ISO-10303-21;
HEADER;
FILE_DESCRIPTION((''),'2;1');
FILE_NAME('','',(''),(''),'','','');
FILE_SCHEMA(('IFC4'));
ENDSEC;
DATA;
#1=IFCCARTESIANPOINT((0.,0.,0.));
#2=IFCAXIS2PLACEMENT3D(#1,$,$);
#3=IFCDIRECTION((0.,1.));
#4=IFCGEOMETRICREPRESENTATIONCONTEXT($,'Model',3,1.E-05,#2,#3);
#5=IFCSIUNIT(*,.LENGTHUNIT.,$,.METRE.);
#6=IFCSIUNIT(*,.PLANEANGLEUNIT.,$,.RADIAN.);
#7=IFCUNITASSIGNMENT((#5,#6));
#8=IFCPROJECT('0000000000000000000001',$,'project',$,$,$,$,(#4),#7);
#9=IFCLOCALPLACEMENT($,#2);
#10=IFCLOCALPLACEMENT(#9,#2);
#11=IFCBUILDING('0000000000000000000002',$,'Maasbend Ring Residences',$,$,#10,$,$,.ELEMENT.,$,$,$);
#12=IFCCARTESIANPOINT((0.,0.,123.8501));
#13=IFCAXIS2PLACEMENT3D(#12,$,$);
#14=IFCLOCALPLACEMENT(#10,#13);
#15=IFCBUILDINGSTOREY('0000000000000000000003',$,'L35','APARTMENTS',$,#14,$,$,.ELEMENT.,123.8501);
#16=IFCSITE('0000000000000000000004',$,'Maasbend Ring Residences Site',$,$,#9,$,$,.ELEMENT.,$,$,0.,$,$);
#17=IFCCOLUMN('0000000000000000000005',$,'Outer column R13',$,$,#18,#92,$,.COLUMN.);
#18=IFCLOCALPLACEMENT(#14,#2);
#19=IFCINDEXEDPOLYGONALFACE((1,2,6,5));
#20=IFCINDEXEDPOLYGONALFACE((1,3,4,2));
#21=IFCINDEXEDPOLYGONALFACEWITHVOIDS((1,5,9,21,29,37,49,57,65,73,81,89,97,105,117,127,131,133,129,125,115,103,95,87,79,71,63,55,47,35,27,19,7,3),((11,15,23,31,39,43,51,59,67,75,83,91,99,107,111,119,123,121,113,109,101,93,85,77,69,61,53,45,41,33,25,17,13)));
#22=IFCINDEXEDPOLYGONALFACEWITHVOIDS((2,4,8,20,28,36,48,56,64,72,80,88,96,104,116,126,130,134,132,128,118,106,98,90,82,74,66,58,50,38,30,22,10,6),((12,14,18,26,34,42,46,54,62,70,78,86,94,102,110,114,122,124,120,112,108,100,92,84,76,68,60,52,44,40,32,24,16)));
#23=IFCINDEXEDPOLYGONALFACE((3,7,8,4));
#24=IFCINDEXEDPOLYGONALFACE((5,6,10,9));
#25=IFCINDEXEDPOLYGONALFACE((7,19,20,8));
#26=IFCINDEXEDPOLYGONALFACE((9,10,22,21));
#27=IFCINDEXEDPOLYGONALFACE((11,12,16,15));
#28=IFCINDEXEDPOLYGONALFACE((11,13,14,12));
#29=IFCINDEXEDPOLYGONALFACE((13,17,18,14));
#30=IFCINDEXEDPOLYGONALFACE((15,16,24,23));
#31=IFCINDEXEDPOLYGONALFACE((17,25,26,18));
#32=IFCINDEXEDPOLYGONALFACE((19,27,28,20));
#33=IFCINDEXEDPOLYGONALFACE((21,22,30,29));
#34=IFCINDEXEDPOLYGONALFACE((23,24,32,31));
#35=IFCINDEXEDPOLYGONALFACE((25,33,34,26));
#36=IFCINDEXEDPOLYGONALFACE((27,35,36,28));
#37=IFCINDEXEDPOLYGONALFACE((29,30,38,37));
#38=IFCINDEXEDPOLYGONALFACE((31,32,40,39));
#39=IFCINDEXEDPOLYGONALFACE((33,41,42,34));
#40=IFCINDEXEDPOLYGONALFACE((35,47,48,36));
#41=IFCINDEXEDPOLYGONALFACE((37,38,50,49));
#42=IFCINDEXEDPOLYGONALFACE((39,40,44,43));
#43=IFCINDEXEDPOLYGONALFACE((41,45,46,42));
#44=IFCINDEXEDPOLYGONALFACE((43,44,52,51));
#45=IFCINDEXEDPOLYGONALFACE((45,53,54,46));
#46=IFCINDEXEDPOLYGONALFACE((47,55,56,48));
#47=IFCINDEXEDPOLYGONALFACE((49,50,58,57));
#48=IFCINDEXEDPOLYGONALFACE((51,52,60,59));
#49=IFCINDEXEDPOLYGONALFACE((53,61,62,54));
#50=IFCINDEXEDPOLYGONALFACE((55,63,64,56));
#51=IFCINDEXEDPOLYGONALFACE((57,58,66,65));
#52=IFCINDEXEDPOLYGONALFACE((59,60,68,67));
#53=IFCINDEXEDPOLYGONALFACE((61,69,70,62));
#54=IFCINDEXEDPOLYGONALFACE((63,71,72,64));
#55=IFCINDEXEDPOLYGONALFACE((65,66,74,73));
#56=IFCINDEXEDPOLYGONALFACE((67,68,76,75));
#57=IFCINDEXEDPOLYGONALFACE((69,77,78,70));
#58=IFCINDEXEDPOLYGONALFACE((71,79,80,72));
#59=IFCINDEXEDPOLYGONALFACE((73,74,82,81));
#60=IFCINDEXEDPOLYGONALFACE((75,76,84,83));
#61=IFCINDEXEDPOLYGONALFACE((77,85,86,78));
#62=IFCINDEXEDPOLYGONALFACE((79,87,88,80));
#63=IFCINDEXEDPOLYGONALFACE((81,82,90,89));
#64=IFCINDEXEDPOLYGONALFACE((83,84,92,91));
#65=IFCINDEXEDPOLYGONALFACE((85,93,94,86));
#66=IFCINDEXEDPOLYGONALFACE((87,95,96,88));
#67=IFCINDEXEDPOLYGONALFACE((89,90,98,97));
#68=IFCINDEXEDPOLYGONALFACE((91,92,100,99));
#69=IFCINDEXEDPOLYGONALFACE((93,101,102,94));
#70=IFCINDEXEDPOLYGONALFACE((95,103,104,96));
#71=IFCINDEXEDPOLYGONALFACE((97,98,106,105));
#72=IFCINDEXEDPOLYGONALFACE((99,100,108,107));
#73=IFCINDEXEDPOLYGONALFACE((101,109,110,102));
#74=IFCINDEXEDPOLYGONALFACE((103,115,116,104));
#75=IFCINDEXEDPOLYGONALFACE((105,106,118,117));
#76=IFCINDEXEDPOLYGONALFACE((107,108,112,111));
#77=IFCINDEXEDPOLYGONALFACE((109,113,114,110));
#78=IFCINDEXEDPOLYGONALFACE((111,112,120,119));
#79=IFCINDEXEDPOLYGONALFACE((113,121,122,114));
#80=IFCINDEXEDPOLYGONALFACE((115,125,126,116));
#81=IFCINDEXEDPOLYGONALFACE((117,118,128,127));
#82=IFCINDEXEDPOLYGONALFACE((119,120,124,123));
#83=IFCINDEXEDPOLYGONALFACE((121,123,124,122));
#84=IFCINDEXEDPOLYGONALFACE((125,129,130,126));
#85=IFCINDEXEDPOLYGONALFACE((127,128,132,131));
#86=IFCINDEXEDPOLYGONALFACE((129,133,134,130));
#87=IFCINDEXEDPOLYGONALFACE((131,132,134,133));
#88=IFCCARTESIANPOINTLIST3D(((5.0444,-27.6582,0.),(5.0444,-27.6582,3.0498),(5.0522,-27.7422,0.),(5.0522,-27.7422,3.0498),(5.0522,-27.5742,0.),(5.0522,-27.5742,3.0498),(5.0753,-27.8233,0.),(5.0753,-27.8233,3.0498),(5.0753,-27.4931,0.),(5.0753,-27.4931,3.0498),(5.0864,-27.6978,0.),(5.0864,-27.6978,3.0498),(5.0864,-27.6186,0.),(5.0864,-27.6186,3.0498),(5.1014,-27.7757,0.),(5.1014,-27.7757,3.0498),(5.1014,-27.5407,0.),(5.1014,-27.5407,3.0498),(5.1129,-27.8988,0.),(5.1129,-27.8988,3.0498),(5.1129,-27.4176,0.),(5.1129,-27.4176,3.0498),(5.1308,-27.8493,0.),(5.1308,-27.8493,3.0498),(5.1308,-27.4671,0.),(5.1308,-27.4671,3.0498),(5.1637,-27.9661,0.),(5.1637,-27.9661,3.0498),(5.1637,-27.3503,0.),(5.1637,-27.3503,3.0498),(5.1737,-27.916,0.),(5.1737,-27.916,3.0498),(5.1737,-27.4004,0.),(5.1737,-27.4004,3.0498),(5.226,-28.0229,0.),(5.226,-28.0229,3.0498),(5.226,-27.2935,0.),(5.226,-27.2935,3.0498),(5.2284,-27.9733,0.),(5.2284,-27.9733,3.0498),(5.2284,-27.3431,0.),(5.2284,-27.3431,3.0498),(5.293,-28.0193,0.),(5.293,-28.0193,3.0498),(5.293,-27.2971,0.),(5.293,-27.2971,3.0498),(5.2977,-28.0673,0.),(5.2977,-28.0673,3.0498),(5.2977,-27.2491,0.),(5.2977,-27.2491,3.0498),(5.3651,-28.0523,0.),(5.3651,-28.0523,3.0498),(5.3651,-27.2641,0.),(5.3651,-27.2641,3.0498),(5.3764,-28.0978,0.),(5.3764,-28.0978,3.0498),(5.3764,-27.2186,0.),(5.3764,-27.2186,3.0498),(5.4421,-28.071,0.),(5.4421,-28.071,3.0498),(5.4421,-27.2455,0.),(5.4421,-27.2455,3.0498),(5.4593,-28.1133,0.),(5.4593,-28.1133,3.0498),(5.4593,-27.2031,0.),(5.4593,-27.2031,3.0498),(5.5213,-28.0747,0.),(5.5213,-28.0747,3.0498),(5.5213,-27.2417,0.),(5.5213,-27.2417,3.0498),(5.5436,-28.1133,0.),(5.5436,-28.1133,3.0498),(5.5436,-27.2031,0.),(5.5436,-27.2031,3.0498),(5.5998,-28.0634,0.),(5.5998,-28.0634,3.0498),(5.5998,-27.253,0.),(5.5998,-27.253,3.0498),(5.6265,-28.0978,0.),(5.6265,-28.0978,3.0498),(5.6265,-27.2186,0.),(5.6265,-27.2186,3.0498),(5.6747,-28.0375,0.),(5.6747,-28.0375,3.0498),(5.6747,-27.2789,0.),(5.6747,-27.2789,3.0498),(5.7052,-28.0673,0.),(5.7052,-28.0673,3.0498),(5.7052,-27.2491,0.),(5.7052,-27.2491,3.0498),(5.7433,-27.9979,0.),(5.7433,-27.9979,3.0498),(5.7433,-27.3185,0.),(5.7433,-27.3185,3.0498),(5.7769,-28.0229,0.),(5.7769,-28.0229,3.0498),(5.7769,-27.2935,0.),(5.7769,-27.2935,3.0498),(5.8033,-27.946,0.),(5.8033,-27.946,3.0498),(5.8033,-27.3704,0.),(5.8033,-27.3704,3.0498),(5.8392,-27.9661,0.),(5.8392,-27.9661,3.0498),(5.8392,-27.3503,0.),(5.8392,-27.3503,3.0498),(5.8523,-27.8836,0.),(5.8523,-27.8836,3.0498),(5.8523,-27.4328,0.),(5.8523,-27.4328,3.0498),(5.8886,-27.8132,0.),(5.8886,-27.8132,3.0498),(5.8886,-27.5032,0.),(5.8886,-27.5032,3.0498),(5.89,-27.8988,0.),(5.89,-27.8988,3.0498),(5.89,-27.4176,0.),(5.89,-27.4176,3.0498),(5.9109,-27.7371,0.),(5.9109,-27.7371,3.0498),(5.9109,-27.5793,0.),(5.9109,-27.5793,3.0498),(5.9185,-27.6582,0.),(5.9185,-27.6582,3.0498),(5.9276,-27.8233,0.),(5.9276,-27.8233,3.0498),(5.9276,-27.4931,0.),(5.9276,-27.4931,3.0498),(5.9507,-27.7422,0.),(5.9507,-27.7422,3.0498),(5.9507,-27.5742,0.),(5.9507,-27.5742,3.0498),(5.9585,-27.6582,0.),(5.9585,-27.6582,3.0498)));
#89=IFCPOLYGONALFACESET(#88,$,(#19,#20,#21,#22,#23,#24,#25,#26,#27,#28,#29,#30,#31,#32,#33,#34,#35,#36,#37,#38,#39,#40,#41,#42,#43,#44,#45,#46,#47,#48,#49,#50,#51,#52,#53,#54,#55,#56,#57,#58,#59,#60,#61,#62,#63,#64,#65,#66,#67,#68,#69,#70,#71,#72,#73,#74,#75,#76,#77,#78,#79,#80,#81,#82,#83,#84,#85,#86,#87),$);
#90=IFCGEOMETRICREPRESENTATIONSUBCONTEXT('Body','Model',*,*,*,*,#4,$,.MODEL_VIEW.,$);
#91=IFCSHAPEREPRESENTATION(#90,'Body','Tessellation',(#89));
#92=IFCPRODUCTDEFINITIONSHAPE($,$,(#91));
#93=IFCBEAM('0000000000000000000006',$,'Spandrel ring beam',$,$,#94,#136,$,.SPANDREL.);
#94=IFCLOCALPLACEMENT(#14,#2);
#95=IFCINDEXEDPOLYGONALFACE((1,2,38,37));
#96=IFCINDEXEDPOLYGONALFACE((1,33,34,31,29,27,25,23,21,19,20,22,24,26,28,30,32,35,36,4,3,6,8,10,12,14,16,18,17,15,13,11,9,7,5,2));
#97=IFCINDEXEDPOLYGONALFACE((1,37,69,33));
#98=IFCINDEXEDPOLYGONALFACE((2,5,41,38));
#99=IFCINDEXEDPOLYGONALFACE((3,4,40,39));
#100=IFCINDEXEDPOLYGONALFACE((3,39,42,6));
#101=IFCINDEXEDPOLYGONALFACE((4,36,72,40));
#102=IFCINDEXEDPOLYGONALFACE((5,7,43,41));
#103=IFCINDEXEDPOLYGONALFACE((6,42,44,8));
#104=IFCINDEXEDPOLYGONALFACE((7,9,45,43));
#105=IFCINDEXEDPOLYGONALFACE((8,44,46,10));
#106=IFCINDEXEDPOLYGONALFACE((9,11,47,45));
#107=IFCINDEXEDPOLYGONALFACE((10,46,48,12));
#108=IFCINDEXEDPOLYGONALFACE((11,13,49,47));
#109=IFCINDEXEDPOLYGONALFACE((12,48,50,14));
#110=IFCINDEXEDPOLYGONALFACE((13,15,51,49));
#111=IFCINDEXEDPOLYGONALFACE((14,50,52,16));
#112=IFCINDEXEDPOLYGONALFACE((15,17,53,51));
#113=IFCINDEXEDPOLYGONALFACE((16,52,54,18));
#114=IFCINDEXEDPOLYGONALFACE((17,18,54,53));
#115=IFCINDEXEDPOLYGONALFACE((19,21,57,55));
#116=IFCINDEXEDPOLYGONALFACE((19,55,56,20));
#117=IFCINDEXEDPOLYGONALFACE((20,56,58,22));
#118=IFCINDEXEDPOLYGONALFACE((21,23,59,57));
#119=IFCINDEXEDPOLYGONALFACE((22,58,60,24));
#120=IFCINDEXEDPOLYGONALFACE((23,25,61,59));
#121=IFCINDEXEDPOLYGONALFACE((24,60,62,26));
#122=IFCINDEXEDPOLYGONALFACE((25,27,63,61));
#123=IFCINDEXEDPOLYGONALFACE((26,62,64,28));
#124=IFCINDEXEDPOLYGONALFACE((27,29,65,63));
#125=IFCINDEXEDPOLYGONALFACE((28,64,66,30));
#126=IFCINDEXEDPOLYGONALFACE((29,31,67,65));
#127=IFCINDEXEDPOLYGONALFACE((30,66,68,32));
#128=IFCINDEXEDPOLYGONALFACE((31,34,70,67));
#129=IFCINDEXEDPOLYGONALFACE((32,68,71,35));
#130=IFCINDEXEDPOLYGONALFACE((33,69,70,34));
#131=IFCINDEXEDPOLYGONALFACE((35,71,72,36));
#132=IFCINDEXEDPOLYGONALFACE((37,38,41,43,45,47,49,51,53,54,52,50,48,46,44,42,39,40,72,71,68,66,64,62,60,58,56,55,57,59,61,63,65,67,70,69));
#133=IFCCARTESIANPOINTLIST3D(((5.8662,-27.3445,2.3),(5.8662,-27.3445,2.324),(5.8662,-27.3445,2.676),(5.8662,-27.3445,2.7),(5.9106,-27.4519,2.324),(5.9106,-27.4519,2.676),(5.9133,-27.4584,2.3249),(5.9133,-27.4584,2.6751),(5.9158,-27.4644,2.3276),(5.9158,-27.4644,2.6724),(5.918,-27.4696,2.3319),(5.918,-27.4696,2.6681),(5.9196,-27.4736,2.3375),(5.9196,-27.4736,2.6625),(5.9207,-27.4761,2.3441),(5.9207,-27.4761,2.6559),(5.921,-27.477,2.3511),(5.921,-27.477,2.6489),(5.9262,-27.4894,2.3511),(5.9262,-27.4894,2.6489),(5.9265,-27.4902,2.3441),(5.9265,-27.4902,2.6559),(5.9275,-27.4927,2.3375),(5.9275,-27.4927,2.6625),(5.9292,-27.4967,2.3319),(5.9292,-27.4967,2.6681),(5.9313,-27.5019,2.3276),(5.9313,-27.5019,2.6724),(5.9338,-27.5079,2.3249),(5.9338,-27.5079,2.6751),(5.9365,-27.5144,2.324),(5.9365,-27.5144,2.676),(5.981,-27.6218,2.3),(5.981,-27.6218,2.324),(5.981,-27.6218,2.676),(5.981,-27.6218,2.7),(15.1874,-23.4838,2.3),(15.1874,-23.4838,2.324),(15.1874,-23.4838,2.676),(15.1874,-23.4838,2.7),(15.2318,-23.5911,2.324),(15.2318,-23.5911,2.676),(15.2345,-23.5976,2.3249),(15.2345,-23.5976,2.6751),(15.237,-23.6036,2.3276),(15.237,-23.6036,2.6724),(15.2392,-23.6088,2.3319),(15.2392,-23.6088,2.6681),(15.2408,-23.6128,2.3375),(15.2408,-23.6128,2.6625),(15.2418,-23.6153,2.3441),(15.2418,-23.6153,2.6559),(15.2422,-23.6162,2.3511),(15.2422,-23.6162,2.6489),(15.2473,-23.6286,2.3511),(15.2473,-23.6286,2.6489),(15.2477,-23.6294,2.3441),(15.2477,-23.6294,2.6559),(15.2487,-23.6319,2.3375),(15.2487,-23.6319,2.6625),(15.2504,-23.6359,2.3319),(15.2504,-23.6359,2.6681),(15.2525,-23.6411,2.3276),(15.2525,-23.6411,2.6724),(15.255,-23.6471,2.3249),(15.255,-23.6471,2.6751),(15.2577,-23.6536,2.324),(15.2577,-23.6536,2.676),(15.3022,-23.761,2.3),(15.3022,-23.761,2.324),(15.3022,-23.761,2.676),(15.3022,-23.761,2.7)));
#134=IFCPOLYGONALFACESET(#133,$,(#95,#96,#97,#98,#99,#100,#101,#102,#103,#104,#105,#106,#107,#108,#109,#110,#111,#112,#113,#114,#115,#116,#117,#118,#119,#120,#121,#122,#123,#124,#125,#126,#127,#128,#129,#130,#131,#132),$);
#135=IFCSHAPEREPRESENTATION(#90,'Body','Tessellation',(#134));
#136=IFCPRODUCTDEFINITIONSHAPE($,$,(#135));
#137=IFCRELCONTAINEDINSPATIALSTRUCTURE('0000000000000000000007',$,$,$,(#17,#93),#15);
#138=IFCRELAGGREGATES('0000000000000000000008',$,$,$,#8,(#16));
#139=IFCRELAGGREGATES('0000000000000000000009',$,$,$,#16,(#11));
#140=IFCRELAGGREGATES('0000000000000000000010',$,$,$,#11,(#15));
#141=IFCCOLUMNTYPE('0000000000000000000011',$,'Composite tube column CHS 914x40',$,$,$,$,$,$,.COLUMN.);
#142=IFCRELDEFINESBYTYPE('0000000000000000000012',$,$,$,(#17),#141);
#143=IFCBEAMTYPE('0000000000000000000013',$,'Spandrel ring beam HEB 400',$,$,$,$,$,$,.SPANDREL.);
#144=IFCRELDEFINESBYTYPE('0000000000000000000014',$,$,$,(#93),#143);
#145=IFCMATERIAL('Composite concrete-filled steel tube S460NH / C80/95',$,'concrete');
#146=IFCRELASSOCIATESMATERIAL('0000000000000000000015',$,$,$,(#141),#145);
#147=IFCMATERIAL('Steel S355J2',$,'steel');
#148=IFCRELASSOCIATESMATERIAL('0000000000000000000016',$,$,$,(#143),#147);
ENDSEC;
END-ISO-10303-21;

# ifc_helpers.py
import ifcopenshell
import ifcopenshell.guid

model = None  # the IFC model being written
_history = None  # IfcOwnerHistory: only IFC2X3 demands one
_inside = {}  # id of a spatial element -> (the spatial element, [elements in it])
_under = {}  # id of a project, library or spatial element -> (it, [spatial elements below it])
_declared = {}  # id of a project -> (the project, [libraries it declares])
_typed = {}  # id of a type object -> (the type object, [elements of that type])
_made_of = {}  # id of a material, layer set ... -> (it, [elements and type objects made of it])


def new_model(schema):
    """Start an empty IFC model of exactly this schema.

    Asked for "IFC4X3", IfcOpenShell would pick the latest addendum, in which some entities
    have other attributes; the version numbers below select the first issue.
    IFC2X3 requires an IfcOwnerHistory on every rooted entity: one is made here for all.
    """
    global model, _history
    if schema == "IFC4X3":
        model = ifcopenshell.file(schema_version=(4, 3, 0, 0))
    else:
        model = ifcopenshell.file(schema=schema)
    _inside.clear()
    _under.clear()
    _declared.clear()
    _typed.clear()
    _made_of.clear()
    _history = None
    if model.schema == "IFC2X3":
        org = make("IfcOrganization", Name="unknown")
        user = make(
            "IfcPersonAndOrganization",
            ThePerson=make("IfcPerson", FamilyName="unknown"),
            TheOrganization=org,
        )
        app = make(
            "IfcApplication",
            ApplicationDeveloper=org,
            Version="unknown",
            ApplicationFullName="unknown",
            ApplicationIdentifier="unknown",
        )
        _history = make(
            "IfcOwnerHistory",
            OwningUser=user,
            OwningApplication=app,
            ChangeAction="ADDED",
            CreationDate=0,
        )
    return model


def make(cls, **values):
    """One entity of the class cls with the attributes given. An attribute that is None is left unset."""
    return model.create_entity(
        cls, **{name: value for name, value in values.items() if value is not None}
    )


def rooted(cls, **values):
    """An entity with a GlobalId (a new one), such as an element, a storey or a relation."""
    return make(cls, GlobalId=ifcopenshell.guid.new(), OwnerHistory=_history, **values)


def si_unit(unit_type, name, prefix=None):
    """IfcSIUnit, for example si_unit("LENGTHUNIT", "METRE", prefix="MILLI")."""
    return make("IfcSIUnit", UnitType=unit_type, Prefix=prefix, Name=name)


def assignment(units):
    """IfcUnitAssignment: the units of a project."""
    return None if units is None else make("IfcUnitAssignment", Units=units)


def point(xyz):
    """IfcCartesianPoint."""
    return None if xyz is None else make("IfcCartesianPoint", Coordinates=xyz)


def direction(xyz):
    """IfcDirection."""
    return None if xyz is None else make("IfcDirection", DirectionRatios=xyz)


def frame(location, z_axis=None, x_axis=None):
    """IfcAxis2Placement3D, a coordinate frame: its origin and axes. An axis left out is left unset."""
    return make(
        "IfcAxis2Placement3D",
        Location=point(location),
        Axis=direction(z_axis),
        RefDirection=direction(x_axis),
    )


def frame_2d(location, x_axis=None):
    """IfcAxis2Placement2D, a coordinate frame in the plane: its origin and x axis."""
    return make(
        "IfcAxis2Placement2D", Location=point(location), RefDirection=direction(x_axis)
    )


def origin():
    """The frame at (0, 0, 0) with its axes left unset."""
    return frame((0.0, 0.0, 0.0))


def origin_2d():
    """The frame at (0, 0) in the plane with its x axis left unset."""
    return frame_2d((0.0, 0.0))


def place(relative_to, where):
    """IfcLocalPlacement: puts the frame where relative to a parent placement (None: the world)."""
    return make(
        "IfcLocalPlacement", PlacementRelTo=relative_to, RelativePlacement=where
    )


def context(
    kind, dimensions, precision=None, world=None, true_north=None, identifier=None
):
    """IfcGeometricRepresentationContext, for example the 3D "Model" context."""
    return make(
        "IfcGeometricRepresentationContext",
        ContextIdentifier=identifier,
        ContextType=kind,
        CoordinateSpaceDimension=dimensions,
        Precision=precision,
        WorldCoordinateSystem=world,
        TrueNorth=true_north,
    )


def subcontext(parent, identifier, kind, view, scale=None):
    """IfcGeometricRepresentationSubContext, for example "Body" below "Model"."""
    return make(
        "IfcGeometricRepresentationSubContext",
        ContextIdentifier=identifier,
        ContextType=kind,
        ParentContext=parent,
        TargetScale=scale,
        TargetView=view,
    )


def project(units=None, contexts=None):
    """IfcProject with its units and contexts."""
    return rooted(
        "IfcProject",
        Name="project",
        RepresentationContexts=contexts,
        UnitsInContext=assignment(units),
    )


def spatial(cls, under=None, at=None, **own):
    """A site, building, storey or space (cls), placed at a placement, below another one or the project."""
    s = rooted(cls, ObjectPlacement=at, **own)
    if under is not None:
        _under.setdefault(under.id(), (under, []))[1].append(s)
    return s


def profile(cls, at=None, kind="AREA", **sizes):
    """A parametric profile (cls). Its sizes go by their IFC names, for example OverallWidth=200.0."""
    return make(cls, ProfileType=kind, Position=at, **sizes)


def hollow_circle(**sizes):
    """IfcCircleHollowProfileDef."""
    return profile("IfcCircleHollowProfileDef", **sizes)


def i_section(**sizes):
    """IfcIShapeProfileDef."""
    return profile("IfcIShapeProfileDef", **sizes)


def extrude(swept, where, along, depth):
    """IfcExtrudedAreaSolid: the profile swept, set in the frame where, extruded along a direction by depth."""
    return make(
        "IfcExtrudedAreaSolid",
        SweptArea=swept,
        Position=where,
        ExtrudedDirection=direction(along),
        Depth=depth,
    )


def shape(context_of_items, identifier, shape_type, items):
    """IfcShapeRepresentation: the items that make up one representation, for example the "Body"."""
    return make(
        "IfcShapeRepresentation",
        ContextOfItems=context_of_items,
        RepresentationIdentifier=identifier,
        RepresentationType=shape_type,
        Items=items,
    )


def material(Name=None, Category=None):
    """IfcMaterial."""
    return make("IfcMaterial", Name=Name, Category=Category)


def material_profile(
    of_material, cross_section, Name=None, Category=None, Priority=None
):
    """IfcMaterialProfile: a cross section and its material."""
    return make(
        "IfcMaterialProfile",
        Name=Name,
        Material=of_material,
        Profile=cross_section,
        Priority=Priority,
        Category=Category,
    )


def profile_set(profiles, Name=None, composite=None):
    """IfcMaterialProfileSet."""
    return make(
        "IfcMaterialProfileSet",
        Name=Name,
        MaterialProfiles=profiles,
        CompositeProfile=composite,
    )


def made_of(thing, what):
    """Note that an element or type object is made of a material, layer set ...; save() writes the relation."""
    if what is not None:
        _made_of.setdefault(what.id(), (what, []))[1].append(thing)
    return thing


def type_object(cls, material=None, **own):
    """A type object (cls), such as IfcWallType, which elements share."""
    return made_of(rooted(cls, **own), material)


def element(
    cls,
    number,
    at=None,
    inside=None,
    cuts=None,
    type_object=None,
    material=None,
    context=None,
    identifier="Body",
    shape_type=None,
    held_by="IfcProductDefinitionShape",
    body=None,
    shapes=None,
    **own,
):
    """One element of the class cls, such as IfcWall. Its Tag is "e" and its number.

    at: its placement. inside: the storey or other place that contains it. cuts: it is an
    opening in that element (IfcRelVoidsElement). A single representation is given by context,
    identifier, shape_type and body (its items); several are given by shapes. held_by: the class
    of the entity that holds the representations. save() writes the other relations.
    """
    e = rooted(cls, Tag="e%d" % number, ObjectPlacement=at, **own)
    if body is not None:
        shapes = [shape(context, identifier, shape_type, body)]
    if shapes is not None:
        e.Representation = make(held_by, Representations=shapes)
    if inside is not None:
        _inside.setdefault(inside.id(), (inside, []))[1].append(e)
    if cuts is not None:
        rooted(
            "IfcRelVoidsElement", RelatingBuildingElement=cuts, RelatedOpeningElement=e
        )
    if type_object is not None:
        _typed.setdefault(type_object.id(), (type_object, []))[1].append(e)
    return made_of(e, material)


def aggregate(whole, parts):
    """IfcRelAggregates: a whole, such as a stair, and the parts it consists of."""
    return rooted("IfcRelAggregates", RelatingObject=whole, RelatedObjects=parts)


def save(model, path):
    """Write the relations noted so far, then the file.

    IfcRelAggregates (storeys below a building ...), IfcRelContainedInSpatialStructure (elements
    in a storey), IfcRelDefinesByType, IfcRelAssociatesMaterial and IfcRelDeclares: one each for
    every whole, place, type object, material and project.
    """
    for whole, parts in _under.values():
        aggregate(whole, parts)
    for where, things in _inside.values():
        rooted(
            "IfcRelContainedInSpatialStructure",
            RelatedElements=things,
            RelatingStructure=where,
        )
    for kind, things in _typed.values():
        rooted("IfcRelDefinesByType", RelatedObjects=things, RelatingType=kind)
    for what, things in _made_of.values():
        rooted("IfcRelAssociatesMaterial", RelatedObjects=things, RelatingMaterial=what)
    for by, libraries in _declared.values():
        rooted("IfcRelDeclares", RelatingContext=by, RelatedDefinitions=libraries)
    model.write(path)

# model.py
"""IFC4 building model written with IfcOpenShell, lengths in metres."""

from ifc_helpers import new_model, si_unit, direction, frame, origin, origin_2d, place, context, subcontext, project, spatial, hollow_circle, i_section, extrude, material, material_profile, profile_set, type_object, element, save


model = new_model("IFC4")

# Units and contexts
model_context = context("Model", 3, precision=1e-05, world=origin(), true_north=direction((0.0, 1.0)))
body_context = subcontext(model_context, "Body", "Model", "MODEL_VIEW")
ifc_project = project(units=[si_unit("LENGTHUNIT", "METRE"), si_unit("PLANEANGLEUNIT", "RADIAN")], contexts=[model_context])

# Site, building, storey
site_placement = place(None, origin())
site = spatial("IfcSite", under=ifc_project, at=site_placement, Name="Maasbend Ring Residences Site", CompositionType="ELEMENT", RefElevation=0.0)
building_placement = place(site_placement, origin())
building = spatial("IfcBuilding", under=site, at=building_placement, Name="Maasbend Ring Residences", CompositionType="ELEMENT")
storey_placement = place(building_placement, frame((0.0, 0.0, 123.8501)))
storey = spatial("IfcBuildingStorey", under=building, at=storey_placement, Name="L35", Description="APARTMENTS", CompositionType="ELEMENT", Elevation=123.8501)

# Column
ifc_material_1 = material(Name="Composite concrete-filled steel tube S460NH / C80/95", Category="concrete")
ifc_material_profile_1 = material_profile(ifc_material_1, hollow_circle(Radius=0.457, WallThickness=0.04, at=origin_2d()), Name="Composite tube column CHS 914x40")
ifc_profile_set_1 = profile_set([ifc_material_profile_1], Name="Composite concrete-filled steel tube S460NH / C80/95")
column_type = type_object("IfcColumnType", Name="Composite tube column CHS 914x40", PredefinedType="COLUMN", material=ifc_profile_set_1)
column_placement = place(storey_placement, frame((5.5015, -27.6582, 0.0), z_axis=(0.0, 0.0, 1.0), x_axis=(1.0, 0.0, 0.0)))
element("IfcColumn", 1, at=column_placement, inside=storey, type_object=column_type, Name="Outer column R13", PredefinedType="COLUMN", context=body_context, shape_type="SweptSolid", body=[
    extrude(hollow_circle(Radius=0.457, WallThickness=0.04, at=origin_2d()), origin(), (0.0, 0.0, 1.0), 3.0498),
])

# Beam
ifc_material_2 = material(Name="Steel S355J2", Category="steel")
ifc_material_profile_2 = material_profile(ifc_material_2, i_section(OverallWidth=0.3, OverallDepth=0.3999, WebThickness=0.0134, FlangeThickness=0.0239, FilletRadius=0.0271, at=origin_2d()), Name="HEB 400")
ifc_profile_set_2 = profile_set([ifc_material_profile_2], Name="Steel S355J2")
beam_type = type_object("IfcBeamType", Name="Spandrel ring beam HEB 400", PredefinedType="SPANDREL", material=ifc_profile_set_2)
beam_placement = place(storey_placement, frame((5.9236, -27.4832, 2.5), z_axis=(0.923885, 0.38267, 0.0), x_axis=(-0.38267, 0.923885, 0.0)))
element("IfcBeam", 2, at=beam_placement, inside=storey, type_object=beam_type, Name="Spandrel ring beam", PredefinedType="SPANDREL", context=body_context, shape_type="SweptSolid", body=[
    extrude(i_section(OverallWidth=0.3, OverallDepth=0.3999, WebThickness=0.0134, FlangeThickness=0.0239, FilletRadius=0.0271, at=origin_2d()), origin(), (0.0, 0.0, 1.0), 10.0891),
])

save(model, "model.ifc")
